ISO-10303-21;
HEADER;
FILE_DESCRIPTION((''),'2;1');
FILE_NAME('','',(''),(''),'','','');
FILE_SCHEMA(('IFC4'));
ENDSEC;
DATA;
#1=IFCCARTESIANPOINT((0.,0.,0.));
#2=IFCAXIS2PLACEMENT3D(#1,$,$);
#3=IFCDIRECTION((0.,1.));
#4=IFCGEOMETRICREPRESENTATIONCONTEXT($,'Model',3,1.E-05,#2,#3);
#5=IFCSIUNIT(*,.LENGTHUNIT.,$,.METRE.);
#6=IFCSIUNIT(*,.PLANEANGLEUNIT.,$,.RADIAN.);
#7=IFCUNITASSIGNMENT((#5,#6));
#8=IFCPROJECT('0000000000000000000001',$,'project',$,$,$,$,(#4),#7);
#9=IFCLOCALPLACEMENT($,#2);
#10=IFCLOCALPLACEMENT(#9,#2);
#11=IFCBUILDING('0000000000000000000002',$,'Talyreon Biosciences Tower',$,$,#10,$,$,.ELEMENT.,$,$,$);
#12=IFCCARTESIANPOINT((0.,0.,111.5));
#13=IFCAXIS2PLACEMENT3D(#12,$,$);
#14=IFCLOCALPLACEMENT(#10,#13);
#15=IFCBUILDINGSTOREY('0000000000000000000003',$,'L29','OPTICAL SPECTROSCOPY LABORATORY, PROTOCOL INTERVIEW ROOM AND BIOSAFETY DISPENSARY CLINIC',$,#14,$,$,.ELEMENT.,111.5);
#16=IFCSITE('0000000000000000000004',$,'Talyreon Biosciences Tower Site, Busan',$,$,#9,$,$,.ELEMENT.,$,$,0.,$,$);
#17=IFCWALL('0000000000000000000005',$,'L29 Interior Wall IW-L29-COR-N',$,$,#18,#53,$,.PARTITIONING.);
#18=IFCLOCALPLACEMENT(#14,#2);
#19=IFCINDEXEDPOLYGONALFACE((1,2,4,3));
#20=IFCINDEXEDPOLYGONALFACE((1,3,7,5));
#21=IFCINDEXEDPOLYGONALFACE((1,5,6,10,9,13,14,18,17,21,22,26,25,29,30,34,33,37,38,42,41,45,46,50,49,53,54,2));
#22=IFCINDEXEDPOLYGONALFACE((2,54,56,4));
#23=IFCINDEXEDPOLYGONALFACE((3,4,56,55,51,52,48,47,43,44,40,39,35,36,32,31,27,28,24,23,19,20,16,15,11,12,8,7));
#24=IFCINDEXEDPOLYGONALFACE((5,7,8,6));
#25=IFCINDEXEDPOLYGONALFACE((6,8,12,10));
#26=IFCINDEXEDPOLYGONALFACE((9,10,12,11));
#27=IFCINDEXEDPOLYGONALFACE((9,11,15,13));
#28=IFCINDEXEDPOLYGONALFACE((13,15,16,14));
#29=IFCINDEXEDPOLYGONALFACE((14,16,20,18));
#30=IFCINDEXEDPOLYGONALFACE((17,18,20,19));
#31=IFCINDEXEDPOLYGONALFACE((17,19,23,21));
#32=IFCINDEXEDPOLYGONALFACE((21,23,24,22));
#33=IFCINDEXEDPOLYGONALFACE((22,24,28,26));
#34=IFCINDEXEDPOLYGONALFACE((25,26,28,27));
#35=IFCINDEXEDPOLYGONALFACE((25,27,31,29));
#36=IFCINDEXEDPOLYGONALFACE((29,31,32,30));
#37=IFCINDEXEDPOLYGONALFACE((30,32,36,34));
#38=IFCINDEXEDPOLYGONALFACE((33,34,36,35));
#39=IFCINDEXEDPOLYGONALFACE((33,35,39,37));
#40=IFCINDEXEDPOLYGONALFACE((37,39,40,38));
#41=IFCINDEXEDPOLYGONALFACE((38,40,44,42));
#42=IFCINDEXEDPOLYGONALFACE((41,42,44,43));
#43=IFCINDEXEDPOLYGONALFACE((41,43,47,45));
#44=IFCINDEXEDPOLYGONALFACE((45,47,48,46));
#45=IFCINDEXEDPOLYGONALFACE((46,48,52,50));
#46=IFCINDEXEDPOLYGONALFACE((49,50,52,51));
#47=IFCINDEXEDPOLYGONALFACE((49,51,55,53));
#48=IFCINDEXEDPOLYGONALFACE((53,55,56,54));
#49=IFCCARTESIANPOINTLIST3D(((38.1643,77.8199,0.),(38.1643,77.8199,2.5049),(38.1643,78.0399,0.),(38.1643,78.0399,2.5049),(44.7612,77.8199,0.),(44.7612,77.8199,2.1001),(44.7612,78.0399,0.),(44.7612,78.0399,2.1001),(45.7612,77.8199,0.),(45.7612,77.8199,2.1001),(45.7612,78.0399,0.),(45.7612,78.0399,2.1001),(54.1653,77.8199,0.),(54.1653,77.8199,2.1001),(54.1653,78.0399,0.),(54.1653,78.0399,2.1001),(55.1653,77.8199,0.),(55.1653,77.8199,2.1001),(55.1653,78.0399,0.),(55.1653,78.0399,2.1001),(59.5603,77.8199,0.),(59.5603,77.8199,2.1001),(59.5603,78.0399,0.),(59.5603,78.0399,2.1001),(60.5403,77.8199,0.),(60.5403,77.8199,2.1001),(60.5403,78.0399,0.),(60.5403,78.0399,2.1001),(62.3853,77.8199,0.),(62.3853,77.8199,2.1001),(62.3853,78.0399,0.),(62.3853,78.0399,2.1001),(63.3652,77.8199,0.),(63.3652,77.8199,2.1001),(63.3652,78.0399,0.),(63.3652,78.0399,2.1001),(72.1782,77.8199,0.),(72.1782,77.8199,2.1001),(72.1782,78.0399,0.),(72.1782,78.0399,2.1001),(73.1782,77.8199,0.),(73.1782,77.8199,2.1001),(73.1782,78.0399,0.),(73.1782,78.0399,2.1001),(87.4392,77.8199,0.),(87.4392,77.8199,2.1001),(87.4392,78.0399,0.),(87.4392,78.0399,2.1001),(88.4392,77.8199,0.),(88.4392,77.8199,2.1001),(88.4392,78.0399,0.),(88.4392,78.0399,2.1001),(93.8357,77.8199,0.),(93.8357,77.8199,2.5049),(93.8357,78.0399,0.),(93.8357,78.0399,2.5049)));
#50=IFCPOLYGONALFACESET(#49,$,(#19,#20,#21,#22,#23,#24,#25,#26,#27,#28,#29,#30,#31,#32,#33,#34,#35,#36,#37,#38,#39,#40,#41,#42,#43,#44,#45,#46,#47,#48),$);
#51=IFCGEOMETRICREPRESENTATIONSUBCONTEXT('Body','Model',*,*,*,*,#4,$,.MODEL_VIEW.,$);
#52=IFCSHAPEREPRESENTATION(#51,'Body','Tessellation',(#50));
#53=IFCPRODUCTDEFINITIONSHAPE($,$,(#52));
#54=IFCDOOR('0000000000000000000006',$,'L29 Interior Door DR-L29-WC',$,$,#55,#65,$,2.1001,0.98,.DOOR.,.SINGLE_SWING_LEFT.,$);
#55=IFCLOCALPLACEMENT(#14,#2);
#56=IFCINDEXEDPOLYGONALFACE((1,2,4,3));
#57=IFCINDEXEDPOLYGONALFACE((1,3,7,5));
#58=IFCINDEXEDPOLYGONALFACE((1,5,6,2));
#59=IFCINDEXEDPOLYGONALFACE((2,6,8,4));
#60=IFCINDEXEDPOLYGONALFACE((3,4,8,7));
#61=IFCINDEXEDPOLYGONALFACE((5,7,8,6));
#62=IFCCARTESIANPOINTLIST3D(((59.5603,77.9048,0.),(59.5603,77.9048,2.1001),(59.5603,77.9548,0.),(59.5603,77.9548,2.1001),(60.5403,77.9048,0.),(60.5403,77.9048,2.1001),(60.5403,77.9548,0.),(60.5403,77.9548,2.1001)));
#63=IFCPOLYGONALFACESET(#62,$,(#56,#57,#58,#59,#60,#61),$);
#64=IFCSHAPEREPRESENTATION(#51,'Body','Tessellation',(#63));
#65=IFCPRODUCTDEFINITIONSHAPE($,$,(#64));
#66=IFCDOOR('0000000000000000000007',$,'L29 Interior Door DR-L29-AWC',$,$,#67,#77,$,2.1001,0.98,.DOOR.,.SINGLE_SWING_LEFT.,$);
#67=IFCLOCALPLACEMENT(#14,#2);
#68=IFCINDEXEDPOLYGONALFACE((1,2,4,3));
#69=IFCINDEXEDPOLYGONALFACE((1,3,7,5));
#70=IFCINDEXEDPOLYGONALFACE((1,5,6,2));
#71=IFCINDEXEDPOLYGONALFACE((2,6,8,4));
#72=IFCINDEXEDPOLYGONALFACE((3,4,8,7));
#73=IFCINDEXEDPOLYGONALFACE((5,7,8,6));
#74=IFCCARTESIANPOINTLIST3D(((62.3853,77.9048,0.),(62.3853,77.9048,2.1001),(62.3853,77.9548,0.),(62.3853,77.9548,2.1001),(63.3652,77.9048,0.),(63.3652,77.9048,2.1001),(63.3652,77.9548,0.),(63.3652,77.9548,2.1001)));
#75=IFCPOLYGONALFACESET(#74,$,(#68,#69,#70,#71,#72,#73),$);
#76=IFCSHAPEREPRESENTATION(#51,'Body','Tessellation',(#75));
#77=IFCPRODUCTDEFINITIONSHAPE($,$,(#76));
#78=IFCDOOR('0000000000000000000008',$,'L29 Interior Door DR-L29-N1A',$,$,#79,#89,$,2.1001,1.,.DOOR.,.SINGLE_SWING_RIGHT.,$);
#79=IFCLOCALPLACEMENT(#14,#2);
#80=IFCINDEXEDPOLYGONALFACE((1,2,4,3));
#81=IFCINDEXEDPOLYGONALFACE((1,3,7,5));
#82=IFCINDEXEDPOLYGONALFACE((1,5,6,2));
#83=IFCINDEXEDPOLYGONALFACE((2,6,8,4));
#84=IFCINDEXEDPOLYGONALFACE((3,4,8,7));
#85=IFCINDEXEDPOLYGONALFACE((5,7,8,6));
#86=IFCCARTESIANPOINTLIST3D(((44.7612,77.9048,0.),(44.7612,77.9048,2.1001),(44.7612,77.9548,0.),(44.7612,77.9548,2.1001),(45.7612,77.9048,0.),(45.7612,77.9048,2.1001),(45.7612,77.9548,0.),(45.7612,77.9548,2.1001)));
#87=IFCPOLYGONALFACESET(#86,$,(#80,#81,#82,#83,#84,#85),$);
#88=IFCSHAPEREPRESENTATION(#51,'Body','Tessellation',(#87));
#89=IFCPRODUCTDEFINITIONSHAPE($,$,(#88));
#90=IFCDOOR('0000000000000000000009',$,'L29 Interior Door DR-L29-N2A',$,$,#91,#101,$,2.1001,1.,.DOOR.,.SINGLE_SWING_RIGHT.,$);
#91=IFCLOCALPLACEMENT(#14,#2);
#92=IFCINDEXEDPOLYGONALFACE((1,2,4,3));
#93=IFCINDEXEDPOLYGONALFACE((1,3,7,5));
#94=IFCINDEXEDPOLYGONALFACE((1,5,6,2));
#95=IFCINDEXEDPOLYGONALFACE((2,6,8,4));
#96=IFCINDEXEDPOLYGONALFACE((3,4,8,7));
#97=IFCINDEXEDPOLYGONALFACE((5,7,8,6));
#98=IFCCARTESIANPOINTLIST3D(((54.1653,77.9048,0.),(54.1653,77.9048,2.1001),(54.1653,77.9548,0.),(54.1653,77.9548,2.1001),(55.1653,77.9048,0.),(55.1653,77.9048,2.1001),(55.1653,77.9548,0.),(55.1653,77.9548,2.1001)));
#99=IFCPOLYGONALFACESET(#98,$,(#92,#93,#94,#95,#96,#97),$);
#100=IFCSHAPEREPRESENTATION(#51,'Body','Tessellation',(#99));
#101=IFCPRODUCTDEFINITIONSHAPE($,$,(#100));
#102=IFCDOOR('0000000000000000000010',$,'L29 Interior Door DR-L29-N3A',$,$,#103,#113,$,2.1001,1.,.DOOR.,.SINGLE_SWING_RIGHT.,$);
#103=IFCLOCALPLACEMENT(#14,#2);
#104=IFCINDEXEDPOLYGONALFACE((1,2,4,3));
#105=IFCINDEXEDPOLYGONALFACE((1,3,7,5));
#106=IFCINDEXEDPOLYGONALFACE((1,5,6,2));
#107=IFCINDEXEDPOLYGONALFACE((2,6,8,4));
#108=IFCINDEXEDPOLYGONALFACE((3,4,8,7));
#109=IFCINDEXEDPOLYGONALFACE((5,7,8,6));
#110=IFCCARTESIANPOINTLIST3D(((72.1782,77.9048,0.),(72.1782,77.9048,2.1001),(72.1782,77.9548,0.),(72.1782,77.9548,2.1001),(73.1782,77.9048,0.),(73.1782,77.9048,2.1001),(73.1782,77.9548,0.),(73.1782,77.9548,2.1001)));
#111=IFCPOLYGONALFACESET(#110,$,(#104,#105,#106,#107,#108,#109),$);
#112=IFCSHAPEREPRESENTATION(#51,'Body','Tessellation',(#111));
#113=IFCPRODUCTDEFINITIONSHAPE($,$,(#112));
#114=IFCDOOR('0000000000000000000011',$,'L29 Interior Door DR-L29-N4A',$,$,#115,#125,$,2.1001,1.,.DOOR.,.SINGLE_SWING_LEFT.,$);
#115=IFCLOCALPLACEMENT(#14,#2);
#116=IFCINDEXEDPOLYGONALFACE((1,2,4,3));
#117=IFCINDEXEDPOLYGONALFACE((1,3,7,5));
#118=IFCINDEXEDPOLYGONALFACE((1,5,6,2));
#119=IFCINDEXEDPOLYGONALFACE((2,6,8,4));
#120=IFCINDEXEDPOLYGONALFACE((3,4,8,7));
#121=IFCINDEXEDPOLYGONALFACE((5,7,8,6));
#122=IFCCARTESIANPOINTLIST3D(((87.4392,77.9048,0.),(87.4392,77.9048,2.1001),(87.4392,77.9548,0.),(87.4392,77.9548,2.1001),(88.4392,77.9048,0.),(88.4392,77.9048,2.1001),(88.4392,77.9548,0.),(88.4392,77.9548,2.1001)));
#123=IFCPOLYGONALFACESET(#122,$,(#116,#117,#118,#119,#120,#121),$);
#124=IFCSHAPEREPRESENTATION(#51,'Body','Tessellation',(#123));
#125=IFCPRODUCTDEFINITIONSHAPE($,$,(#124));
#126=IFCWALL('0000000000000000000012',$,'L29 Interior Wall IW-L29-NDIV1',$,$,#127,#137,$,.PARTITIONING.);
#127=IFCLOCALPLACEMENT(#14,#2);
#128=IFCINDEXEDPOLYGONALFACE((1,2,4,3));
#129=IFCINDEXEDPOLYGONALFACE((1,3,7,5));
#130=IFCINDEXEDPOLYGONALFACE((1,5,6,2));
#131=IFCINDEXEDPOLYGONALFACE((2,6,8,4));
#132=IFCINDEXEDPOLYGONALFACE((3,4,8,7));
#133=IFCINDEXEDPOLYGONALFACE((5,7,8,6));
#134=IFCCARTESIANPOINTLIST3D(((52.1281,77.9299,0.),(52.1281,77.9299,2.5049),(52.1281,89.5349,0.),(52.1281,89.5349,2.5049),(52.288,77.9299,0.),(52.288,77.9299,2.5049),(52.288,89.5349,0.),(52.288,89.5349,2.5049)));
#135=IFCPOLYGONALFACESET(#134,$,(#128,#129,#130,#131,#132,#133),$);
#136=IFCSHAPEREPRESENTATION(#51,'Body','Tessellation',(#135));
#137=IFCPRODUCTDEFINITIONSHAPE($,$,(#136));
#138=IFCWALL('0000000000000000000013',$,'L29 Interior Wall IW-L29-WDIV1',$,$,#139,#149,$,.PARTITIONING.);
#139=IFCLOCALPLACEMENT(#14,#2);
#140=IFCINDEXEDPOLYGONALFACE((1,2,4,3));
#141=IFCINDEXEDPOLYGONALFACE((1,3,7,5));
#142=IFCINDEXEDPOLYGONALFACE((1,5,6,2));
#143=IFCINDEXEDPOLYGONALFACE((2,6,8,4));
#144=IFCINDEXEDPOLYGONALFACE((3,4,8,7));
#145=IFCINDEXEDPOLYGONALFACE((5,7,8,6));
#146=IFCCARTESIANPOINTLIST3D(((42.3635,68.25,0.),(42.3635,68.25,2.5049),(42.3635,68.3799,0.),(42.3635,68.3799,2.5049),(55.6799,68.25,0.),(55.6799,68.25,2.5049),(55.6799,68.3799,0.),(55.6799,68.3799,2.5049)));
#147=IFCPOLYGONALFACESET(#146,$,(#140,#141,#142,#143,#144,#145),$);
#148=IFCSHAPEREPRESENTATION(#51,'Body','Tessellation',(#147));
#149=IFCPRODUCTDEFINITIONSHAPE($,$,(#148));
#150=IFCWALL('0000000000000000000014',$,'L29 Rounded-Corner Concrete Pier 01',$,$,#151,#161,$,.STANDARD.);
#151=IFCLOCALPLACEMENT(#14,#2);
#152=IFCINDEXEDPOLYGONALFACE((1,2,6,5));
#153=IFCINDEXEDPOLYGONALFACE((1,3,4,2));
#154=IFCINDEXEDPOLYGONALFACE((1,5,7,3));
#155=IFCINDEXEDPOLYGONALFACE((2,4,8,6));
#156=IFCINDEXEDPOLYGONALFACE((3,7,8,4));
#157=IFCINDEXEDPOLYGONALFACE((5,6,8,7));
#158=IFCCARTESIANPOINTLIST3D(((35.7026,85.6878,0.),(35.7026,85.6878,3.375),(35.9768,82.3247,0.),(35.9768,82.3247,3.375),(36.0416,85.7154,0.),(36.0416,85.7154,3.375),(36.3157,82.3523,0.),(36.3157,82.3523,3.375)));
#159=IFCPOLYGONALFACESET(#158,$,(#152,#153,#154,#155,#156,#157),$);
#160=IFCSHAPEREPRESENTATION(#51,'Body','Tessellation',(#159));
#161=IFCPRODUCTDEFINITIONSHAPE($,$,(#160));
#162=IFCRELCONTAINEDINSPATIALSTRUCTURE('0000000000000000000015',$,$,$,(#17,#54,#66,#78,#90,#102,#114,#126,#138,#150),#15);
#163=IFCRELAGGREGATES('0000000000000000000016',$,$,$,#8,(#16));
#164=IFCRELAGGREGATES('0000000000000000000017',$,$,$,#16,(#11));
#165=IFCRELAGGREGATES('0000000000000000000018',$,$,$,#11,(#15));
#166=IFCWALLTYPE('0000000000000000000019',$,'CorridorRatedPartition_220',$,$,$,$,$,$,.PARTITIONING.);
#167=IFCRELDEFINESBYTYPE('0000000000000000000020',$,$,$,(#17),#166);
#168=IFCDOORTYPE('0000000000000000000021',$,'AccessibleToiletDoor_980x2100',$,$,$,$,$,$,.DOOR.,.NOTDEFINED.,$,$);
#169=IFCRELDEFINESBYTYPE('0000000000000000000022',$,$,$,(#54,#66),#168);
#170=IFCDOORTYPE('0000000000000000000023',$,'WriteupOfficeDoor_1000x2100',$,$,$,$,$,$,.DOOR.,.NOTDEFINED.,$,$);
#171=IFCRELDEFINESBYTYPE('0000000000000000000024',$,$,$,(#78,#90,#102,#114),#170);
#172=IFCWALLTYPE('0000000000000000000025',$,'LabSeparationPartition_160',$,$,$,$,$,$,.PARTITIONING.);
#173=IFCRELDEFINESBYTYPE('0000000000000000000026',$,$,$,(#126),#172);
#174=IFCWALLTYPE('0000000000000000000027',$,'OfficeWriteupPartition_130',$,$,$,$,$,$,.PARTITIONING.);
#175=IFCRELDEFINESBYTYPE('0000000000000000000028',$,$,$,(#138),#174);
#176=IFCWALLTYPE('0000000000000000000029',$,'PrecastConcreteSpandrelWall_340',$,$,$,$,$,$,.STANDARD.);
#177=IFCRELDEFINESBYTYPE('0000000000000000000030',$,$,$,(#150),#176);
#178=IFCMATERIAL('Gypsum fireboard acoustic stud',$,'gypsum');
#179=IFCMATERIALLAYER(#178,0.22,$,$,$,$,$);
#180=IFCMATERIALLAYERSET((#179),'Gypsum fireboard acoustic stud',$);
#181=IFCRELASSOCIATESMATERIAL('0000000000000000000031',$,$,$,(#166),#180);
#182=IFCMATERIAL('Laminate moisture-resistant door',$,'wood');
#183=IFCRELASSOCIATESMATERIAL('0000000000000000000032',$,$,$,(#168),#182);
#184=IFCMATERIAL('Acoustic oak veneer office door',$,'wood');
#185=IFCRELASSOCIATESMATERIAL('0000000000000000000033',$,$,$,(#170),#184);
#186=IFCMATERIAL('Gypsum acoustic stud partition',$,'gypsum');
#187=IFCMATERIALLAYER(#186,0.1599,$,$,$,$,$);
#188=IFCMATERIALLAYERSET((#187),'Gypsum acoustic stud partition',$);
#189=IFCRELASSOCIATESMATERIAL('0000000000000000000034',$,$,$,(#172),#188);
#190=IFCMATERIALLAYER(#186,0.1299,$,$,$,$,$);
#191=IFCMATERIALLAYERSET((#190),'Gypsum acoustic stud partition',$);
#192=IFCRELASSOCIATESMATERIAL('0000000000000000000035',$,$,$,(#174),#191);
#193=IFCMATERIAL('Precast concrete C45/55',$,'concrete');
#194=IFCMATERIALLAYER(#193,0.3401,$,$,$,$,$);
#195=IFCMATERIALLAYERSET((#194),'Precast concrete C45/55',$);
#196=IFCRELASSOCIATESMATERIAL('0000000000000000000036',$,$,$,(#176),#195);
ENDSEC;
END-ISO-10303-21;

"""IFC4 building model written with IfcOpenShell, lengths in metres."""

from ifc_helpers import new_model, si_unit, direction, frame, frame_2d, origin, place, context, subcontext, project, spatial, rectangle, extrude, material, layer, layer_set, type_object, element, fill, save


model = new_model("IFC4")

# Units and contexts
model_context = context("Model", 3, precision=1e-05, world=origin(), true_north=direction((0.0, 1.0)))
body_context = subcontext(model_context, "Body", "Model", "MODEL_VIEW")
ifc_project = project(units=[si_unit("LENGTHUNIT", "METRE"), si_unit("PLANEANGLEUNIT", "RADIAN")], contexts=[model_context])

# Site, building, storey
site_placement = place(None, origin())
site = spatial("IfcSite", under=ifc_project, at=site_placement, Name="Talyreon Biosciences Tower Site, Busan", CompositionType="ELEMENT", RefElevation=0.0)
building_placement = place(site_placement, origin())
building = spatial("IfcBuilding", under=site, at=building_placement, Name="Talyreon Biosciences Tower", CompositionType="ELEMENT")
storey_placement = place(building_placement, frame((0.0, 0.0, 111.5)))
storey = spatial("IfcBuildingStorey", under=building, at=storey_placement, Name="L29", Description="OPTICAL SPECTROSCOPY LABORATORY, PROTOCOL INTERVIEW ROOM AND BIOSAFETY DISPENSARY CLINIC", CompositionType="ELEMENT", Elevation=111.5)

# Shared definitions
ifc_material_1 = material(Name="Precast concrete C45/55", Category="concrete")

# Wall, openings, doors
ifc_material_2 = material(Name="Gypsum fireboard acoustic stud", Category="gypsum")
ifc_layer_1 = layer(ifc_material_2, 0.22)
ifc_layer_set_1 = layer_set([ifc_layer_1], Name="Gypsum fireboard acoustic stud")
wall_type_1 = type_object("IfcWallType", Name="CorridorRatedPartition_220", PredefinedType="PARTITIONING", material=ifc_layer_set_1)
wall_1_placement = place(storey_placement, frame((38.1643, 77.9299, 0.0), z_axis=(0.0, 0.0, 1.0), x_axis=(1.0, 0.0, 0.0)))
wall_1 = element("IfcWall", 1, at=wall_1_placement, inside=storey, type_object=wall_type_1, Name="L29 Interior Wall IW-L29-COR-N", PredefinedType="PARTITIONING", context=body_context, shape_type="SweptSolid", body=[
    extrude(rectangle(XDim=55.6714, YDim=0.22, at=frame_2d((27.8357, 0.0))), origin(), (0.0, 0.0, 1.0), 2.5049),
])
opening_1_placement = place(wall_1_placement, frame((21.396, 0.0, 0.0)))
opening_1 = element("IfcOpeningElement", 2, at=opening_1_placement, cuts=wall_1, PredefinedType="OPENING", context=body_context, shape_type="SweptSolid", body=[
    extrude(rectangle(XDim=0.98, YDim=2.1001, at=frame_2d((0.49, 1.05))), frame((0.0, 0.1199, 0.0), z_axis=(0.0, -1.0, 0.0), x_axis=(1.0, 0.0, 0.0)), (0.0, 0.0, 1.0), 0.24),
])
opening_2_placement = place(wall_1_placement, frame((24.2209, 0.0, 0.0)))
opening_2 = element("IfcOpeningElement", 3, at=opening_2_placement, cuts=wall_1, PredefinedType="OPENING", context=body_context, shape_type="SweptSolid", body=[
    extrude(rectangle(XDim=0.98, YDim=2.1001, at=frame_2d((0.49, 1.05))), frame((0.0, 0.1199, 0.0), z_axis=(0.0, -1.0, 0.0), x_axis=(1.0, 0.0, 0.0)), (0.0, 0.0, 1.0), 0.24),
])
opening_3_placement = place(wall_1_placement, frame((6.5969, 0.0, 0.0)))
opening_3 = element("IfcOpeningElement", 4, at=opening_3_placement, cuts=wall_1, PredefinedType="OPENING", context=body_context, shape_type="SweptSolid", body=[
    extrude(rectangle(XDim=1.0, YDim=2.1001, at=frame_2d((0.5, 1.05))), frame((0.0, 0.1199, 0.0), z_axis=(0.0, -1.0, 0.0), x_axis=(1.0, 0.0, 0.0)), (0.0, 0.0, 1.0), 0.24),
])
opening_4_placement = place(wall_1_placement, frame((16.001, 0.0, 0.0)))
opening_4 = element("IfcOpeningElement", 5, at=opening_4_placement, cuts=wall_1, PredefinedType="OPENING", context=body_context, shape_type="SweptSolid", body=[
    extrude(rectangle(XDim=1.0, YDim=2.1001, at=frame_2d((0.5, 1.05))), frame((0.0, 0.1199, 0.0), z_axis=(0.0, -1.0, 0.0), x_axis=(1.0, 0.0, 0.0)), (0.0, 0.0, 1.0), 0.24),
])
opening_5_placement = place(wall_1_placement, frame((34.0139, 0.0, 0.0)))
opening_5 = element("IfcOpeningElement", 6, at=opening_5_placement, cuts=wall_1, PredefinedType="OPENING", context=body_context, shape_type="SweptSolid", body=[
    extrude(rectangle(XDim=1.0, YDim=2.1001, at=frame_2d((0.5, 1.05))), frame((0.0, 0.1199, 0.0), z_axis=(0.0, -1.0, 0.0), x_axis=(1.0, 0.0, 0.0)), (0.0, 0.0, 1.0), 0.24),
])
opening_6_placement = place(wall_1_placement, frame((49.2749, 0.0, 0.0)))
opening_6 = element("IfcOpeningElement", 7, at=opening_6_placement, cuts=wall_1, PredefinedType="OPENING", context=body_context, shape_type="SweptSolid", body=[
    extrude(rectangle(XDim=1.0, YDim=2.1001, at=frame_2d((0.5, 1.05))), frame((0.0, 0.1199, 0.0), z_axis=(0.0, -1.0, 0.0), x_axis=(1.0, 0.0, 0.0)), (0.0, 0.0, 1.0), 0.24),
])
ifc_material_3 = material(Name="Laminate moisture-resistant door", Category="wood")
door_type_1 = type_object("IfcDoorType", Name="AccessibleToiletDoor_980x2100", OperationType="NOTDEFINED", PredefinedType="DOOR", material=ifc_material_3)
door_1_placement = place(opening_1_placement, origin())
door_1 = element("IfcDoor", 8, at=door_1_placement, inside=storey, type_object=door_type_1, Name="L29 Interior Door DR-L29-WC", OperationType="SINGLE_SWING_LEFT", OverallHeight=2.1001, OverallWidth=0.98, PredefinedType="DOOR", context=body_context, shape_type="SweptSolid", body=[
    extrude(rectangle(XDim=0.98, YDim=2.1001, at=frame_2d((0.49, 1.05))), frame((0.0, 0.0249, 0.0), z_axis=(0.0, -1.0, 0.0), x_axis=(1.0, 0.0, 0.0)), (0.0, 0.0, 1.0), 0.05),
])
fill(opening_1, door_1)
door_2_placement = place(opening_2_placement, origin())
door_2 = element("IfcDoor", 9, at=door_2_placement, inside=storey, type_object=door_type_1, Name="L29 Interior Door DR-L29-AWC", OperationType="SINGLE_SWING_LEFT", OverallHeight=2.1001, OverallWidth=0.98, PredefinedType="DOOR", context=body_context, shape_type="SweptSolid", body=[
    extrude(rectangle(XDim=0.98, YDim=2.1001, at=frame_2d((0.49, 1.05))), frame((0.0, 0.0249, 0.0), z_axis=(0.0, -1.0, 0.0), x_axis=(1.0, 0.0, 0.0)), (0.0, 0.0, 1.0), 0.05),
])
fill(opening_2, door_2)
ifc_material_4 = material(Name="Acoustic oak veneer office door", Category="wood")
door_type_2 = type_object("IfcDoorType", Name="WriteupOfficeDoor_1000x2100", OperationType="NOTDEFINED", PredefinedType="DOOR", material=ifc_material_4)
door_3_placement = place(opening_3_placement, origin())
door_3 = element("IfcDoor", 10, at=door_3_placement, inside=storey, type_object=door_type_2, Name="L29 Interior Door DR-L29-N1A", OperationType="SINGLE_SWING_RIGHT", OverallHeight=2.1001, OverallWidth=1.0, PredefinedType="DOOR", context=body_context, shape_type="SweptSolid", body=[
    extrude(rectangle(XDim=1.0, YDim=2.1001, at=frame_2d((0.5, 1.05))), frame((0.0, 0.0249, 0.0), z_axis=(0.0, -1.0, 0.0), x_axis=(1.0, 0.0, 0.0)), (0.0, 0.0, 1.0), 0.05),
])
fill(opening_3, door_3)
door_4_placement = place(opening_4_placement, origin())
door_4 = element("IfcDoor", 11, at=door_4_placement, inside=storey, type_object=door_type_2, Name="L29 Interior Door DR-L29-N2A", OperationType="SINGLE_SWING_RIGHT", OverallHeight=2.1001, OverallWidth=1.0, PredefinedType="DOOR", context=body_context, shape_type="SweptSolid", body=[
    extrude(rectangle(XDim=1.0, YDim=2.1001, at=frame_2d((0.5, 1.05))), frame((0.0, 0.0249, 0.0), z_axis=(0.0, -1.0, 0.0), x_axis=(1.0, 0.0, 0.0)), (0.0, 0.0, 1.0), 0.05),
])
fill(opening_4, door_4)
door_5_placement = place(opening_5_placement, origin())
door_5 = element("IfcDoor", 12, at=door_5_placement, inside=storey, type_object=door_type_2, Name="L29 Interior Door DR-L29-N3A", OperationType="SINGLE_SWING_RIGHT", OverallHeight=2.1001, OverallWidth=1.0, PredefinedType="DOOR", context=body_context, shape_type="SweptSolid", body=[
    extrude(rectangle(XDim=1.0, YDim=2.1001, at=frame_2d((0.5, 1.05))), frame((0.0, 0.0249, 0.0), z_axis=(0.0, -1.0, 0.0), x_axis=(1.0, 0.0, 0.0)), (0.0, 0.0, 1.0), 0.05),
])
fill(opening_5, door_5)
door_6_placement = place(opening_6_placement, origin())
door_6 = element("IfcDoor", 13, at=door_6_placement, inside=storey, type_object=door_type_2, Name="L29 Interior Door DR-L29-N4A", OperationType="SINGLE_SWING_LEFT", OverallHeight=2.1001, OverallWidth=1.0, PredefinedType="DOOR", context=body_context, shape_type="SweptSolid", body=[
    extrude(rectangle(XDim=1.0, YDim=2.1001, at=frame_2d((0.5, 1.05))), frame((0.0, 0.0249, 0.0), z_axis=(0.0, -1.0, 0.0), x_axis=(1.0, 0.0, 0.0)), (0.0, 0.0, 1.0), 0.05),
])
fill(opening_6, door_6)

# Walls
ifc_material_5 = material(Name="Gypsum acoustic stud partition", Category="gypsum")
ifc_layer_2 = layer(ifc_material_5, 0.1599)
ifc_layer_set_2 = layer_set([ifc_layer_2], Name="Gypsum acoustic stud partition")
wall_type_2 = type_object("IfcWallType", Name="LabSeparationPartition_160", PredefinedType="PARTITIONING", material=ifc_layer_set_2)
wall_2_placement = place(storey_placement, frame((52.208, 77.9299, 0.0), z_axis=(0.0, 0.0, 1.0), x_axis=(0.0, 1.0, 0.0)))
element("IfcWall", 14, at=wall_2_placement, inside=storey, type_object=wall_type_2, Name="L29 Interior Wall IW-L29-NDIV1", PredefinedType="PARTITIONING", context=body_context, shape_type="SweptSolid", body=[
    extrude(rectangle(XDim=11.605, YDim=0.1599, at=frame_2d((5.8025, 0.0))), origin(), (0.0, 0.0, 1.0), 2.5049),
])
ifc_layer_3 = layer(ifc_material_5, 0.1299)
ifc_layer_set_3 = layer_set([ifc_layer_3], Name="Gypsum acoustic stud partition")
wall_type_3 = type_object("IfcWallType", Name="OfficeWriteupPartition_130", PredefinedType="PARTITIONING", material=ifc_layer_set_3)
wall_3_placement = place(storey_placement, frame((42.3635, 68.3149, 0.0), z_axis=(0.0, 0.0, 1.0), x_axis=(1.0, 0.0, 0.0)))
element("IfcWall", 15, at=wall_3_placement, inside=storey, type_object=wall_type_3, Name="L29 Interior Wall IW-L29-WDIV1", PredefinedType="PARTITIONING", context=body_context, shape_type="SweptSolid", body=[
    extrude(rectangle(XDim=13.3164, YDim=0.1299, at=frame_2d((6.6582, 0.0))), origin(), (0.0, 0.0, 1.0), 2.5049),
])
ifc_layer_4 = layer(ifc_material_1, 0.3401)
ifc_layer_set_4 = layer_set([ifc_layer_4], Name="Precast concrete C45/55")
wall_type_4 = type_object("IfcWallType", Name="PrecastConcreteSpandrelWall_340", PredefinedType="STANDARD", material=ifc_layer_set_4)
for number, where, z_axis, x_axis, name in (
    (16, (36.1462, 82.3386, 0.0), (0.0, 0.0, 1.0), (-0.081255, 0.996693, 0.0), "L29 Rounded-Corner Concrete Pier 01"),
):
    element("IfcWall", number, at=place(storey_placement, frame(where, z_axis=z_axis, x_axis=x_axis)), inside=storey, type_object=wall_type_4, Name=name, PredefinedType="STANDARD", context=body_context, shape_type="SweptSolid", body=[
        extrude(rectangle(XDim=3.3743, YDim=0.3401, at=frame_2d((1.687, 0.0))), origin(), (0.0, 0.0, 1.0), 3.375),
    ])

save(model, "model.ifc")
